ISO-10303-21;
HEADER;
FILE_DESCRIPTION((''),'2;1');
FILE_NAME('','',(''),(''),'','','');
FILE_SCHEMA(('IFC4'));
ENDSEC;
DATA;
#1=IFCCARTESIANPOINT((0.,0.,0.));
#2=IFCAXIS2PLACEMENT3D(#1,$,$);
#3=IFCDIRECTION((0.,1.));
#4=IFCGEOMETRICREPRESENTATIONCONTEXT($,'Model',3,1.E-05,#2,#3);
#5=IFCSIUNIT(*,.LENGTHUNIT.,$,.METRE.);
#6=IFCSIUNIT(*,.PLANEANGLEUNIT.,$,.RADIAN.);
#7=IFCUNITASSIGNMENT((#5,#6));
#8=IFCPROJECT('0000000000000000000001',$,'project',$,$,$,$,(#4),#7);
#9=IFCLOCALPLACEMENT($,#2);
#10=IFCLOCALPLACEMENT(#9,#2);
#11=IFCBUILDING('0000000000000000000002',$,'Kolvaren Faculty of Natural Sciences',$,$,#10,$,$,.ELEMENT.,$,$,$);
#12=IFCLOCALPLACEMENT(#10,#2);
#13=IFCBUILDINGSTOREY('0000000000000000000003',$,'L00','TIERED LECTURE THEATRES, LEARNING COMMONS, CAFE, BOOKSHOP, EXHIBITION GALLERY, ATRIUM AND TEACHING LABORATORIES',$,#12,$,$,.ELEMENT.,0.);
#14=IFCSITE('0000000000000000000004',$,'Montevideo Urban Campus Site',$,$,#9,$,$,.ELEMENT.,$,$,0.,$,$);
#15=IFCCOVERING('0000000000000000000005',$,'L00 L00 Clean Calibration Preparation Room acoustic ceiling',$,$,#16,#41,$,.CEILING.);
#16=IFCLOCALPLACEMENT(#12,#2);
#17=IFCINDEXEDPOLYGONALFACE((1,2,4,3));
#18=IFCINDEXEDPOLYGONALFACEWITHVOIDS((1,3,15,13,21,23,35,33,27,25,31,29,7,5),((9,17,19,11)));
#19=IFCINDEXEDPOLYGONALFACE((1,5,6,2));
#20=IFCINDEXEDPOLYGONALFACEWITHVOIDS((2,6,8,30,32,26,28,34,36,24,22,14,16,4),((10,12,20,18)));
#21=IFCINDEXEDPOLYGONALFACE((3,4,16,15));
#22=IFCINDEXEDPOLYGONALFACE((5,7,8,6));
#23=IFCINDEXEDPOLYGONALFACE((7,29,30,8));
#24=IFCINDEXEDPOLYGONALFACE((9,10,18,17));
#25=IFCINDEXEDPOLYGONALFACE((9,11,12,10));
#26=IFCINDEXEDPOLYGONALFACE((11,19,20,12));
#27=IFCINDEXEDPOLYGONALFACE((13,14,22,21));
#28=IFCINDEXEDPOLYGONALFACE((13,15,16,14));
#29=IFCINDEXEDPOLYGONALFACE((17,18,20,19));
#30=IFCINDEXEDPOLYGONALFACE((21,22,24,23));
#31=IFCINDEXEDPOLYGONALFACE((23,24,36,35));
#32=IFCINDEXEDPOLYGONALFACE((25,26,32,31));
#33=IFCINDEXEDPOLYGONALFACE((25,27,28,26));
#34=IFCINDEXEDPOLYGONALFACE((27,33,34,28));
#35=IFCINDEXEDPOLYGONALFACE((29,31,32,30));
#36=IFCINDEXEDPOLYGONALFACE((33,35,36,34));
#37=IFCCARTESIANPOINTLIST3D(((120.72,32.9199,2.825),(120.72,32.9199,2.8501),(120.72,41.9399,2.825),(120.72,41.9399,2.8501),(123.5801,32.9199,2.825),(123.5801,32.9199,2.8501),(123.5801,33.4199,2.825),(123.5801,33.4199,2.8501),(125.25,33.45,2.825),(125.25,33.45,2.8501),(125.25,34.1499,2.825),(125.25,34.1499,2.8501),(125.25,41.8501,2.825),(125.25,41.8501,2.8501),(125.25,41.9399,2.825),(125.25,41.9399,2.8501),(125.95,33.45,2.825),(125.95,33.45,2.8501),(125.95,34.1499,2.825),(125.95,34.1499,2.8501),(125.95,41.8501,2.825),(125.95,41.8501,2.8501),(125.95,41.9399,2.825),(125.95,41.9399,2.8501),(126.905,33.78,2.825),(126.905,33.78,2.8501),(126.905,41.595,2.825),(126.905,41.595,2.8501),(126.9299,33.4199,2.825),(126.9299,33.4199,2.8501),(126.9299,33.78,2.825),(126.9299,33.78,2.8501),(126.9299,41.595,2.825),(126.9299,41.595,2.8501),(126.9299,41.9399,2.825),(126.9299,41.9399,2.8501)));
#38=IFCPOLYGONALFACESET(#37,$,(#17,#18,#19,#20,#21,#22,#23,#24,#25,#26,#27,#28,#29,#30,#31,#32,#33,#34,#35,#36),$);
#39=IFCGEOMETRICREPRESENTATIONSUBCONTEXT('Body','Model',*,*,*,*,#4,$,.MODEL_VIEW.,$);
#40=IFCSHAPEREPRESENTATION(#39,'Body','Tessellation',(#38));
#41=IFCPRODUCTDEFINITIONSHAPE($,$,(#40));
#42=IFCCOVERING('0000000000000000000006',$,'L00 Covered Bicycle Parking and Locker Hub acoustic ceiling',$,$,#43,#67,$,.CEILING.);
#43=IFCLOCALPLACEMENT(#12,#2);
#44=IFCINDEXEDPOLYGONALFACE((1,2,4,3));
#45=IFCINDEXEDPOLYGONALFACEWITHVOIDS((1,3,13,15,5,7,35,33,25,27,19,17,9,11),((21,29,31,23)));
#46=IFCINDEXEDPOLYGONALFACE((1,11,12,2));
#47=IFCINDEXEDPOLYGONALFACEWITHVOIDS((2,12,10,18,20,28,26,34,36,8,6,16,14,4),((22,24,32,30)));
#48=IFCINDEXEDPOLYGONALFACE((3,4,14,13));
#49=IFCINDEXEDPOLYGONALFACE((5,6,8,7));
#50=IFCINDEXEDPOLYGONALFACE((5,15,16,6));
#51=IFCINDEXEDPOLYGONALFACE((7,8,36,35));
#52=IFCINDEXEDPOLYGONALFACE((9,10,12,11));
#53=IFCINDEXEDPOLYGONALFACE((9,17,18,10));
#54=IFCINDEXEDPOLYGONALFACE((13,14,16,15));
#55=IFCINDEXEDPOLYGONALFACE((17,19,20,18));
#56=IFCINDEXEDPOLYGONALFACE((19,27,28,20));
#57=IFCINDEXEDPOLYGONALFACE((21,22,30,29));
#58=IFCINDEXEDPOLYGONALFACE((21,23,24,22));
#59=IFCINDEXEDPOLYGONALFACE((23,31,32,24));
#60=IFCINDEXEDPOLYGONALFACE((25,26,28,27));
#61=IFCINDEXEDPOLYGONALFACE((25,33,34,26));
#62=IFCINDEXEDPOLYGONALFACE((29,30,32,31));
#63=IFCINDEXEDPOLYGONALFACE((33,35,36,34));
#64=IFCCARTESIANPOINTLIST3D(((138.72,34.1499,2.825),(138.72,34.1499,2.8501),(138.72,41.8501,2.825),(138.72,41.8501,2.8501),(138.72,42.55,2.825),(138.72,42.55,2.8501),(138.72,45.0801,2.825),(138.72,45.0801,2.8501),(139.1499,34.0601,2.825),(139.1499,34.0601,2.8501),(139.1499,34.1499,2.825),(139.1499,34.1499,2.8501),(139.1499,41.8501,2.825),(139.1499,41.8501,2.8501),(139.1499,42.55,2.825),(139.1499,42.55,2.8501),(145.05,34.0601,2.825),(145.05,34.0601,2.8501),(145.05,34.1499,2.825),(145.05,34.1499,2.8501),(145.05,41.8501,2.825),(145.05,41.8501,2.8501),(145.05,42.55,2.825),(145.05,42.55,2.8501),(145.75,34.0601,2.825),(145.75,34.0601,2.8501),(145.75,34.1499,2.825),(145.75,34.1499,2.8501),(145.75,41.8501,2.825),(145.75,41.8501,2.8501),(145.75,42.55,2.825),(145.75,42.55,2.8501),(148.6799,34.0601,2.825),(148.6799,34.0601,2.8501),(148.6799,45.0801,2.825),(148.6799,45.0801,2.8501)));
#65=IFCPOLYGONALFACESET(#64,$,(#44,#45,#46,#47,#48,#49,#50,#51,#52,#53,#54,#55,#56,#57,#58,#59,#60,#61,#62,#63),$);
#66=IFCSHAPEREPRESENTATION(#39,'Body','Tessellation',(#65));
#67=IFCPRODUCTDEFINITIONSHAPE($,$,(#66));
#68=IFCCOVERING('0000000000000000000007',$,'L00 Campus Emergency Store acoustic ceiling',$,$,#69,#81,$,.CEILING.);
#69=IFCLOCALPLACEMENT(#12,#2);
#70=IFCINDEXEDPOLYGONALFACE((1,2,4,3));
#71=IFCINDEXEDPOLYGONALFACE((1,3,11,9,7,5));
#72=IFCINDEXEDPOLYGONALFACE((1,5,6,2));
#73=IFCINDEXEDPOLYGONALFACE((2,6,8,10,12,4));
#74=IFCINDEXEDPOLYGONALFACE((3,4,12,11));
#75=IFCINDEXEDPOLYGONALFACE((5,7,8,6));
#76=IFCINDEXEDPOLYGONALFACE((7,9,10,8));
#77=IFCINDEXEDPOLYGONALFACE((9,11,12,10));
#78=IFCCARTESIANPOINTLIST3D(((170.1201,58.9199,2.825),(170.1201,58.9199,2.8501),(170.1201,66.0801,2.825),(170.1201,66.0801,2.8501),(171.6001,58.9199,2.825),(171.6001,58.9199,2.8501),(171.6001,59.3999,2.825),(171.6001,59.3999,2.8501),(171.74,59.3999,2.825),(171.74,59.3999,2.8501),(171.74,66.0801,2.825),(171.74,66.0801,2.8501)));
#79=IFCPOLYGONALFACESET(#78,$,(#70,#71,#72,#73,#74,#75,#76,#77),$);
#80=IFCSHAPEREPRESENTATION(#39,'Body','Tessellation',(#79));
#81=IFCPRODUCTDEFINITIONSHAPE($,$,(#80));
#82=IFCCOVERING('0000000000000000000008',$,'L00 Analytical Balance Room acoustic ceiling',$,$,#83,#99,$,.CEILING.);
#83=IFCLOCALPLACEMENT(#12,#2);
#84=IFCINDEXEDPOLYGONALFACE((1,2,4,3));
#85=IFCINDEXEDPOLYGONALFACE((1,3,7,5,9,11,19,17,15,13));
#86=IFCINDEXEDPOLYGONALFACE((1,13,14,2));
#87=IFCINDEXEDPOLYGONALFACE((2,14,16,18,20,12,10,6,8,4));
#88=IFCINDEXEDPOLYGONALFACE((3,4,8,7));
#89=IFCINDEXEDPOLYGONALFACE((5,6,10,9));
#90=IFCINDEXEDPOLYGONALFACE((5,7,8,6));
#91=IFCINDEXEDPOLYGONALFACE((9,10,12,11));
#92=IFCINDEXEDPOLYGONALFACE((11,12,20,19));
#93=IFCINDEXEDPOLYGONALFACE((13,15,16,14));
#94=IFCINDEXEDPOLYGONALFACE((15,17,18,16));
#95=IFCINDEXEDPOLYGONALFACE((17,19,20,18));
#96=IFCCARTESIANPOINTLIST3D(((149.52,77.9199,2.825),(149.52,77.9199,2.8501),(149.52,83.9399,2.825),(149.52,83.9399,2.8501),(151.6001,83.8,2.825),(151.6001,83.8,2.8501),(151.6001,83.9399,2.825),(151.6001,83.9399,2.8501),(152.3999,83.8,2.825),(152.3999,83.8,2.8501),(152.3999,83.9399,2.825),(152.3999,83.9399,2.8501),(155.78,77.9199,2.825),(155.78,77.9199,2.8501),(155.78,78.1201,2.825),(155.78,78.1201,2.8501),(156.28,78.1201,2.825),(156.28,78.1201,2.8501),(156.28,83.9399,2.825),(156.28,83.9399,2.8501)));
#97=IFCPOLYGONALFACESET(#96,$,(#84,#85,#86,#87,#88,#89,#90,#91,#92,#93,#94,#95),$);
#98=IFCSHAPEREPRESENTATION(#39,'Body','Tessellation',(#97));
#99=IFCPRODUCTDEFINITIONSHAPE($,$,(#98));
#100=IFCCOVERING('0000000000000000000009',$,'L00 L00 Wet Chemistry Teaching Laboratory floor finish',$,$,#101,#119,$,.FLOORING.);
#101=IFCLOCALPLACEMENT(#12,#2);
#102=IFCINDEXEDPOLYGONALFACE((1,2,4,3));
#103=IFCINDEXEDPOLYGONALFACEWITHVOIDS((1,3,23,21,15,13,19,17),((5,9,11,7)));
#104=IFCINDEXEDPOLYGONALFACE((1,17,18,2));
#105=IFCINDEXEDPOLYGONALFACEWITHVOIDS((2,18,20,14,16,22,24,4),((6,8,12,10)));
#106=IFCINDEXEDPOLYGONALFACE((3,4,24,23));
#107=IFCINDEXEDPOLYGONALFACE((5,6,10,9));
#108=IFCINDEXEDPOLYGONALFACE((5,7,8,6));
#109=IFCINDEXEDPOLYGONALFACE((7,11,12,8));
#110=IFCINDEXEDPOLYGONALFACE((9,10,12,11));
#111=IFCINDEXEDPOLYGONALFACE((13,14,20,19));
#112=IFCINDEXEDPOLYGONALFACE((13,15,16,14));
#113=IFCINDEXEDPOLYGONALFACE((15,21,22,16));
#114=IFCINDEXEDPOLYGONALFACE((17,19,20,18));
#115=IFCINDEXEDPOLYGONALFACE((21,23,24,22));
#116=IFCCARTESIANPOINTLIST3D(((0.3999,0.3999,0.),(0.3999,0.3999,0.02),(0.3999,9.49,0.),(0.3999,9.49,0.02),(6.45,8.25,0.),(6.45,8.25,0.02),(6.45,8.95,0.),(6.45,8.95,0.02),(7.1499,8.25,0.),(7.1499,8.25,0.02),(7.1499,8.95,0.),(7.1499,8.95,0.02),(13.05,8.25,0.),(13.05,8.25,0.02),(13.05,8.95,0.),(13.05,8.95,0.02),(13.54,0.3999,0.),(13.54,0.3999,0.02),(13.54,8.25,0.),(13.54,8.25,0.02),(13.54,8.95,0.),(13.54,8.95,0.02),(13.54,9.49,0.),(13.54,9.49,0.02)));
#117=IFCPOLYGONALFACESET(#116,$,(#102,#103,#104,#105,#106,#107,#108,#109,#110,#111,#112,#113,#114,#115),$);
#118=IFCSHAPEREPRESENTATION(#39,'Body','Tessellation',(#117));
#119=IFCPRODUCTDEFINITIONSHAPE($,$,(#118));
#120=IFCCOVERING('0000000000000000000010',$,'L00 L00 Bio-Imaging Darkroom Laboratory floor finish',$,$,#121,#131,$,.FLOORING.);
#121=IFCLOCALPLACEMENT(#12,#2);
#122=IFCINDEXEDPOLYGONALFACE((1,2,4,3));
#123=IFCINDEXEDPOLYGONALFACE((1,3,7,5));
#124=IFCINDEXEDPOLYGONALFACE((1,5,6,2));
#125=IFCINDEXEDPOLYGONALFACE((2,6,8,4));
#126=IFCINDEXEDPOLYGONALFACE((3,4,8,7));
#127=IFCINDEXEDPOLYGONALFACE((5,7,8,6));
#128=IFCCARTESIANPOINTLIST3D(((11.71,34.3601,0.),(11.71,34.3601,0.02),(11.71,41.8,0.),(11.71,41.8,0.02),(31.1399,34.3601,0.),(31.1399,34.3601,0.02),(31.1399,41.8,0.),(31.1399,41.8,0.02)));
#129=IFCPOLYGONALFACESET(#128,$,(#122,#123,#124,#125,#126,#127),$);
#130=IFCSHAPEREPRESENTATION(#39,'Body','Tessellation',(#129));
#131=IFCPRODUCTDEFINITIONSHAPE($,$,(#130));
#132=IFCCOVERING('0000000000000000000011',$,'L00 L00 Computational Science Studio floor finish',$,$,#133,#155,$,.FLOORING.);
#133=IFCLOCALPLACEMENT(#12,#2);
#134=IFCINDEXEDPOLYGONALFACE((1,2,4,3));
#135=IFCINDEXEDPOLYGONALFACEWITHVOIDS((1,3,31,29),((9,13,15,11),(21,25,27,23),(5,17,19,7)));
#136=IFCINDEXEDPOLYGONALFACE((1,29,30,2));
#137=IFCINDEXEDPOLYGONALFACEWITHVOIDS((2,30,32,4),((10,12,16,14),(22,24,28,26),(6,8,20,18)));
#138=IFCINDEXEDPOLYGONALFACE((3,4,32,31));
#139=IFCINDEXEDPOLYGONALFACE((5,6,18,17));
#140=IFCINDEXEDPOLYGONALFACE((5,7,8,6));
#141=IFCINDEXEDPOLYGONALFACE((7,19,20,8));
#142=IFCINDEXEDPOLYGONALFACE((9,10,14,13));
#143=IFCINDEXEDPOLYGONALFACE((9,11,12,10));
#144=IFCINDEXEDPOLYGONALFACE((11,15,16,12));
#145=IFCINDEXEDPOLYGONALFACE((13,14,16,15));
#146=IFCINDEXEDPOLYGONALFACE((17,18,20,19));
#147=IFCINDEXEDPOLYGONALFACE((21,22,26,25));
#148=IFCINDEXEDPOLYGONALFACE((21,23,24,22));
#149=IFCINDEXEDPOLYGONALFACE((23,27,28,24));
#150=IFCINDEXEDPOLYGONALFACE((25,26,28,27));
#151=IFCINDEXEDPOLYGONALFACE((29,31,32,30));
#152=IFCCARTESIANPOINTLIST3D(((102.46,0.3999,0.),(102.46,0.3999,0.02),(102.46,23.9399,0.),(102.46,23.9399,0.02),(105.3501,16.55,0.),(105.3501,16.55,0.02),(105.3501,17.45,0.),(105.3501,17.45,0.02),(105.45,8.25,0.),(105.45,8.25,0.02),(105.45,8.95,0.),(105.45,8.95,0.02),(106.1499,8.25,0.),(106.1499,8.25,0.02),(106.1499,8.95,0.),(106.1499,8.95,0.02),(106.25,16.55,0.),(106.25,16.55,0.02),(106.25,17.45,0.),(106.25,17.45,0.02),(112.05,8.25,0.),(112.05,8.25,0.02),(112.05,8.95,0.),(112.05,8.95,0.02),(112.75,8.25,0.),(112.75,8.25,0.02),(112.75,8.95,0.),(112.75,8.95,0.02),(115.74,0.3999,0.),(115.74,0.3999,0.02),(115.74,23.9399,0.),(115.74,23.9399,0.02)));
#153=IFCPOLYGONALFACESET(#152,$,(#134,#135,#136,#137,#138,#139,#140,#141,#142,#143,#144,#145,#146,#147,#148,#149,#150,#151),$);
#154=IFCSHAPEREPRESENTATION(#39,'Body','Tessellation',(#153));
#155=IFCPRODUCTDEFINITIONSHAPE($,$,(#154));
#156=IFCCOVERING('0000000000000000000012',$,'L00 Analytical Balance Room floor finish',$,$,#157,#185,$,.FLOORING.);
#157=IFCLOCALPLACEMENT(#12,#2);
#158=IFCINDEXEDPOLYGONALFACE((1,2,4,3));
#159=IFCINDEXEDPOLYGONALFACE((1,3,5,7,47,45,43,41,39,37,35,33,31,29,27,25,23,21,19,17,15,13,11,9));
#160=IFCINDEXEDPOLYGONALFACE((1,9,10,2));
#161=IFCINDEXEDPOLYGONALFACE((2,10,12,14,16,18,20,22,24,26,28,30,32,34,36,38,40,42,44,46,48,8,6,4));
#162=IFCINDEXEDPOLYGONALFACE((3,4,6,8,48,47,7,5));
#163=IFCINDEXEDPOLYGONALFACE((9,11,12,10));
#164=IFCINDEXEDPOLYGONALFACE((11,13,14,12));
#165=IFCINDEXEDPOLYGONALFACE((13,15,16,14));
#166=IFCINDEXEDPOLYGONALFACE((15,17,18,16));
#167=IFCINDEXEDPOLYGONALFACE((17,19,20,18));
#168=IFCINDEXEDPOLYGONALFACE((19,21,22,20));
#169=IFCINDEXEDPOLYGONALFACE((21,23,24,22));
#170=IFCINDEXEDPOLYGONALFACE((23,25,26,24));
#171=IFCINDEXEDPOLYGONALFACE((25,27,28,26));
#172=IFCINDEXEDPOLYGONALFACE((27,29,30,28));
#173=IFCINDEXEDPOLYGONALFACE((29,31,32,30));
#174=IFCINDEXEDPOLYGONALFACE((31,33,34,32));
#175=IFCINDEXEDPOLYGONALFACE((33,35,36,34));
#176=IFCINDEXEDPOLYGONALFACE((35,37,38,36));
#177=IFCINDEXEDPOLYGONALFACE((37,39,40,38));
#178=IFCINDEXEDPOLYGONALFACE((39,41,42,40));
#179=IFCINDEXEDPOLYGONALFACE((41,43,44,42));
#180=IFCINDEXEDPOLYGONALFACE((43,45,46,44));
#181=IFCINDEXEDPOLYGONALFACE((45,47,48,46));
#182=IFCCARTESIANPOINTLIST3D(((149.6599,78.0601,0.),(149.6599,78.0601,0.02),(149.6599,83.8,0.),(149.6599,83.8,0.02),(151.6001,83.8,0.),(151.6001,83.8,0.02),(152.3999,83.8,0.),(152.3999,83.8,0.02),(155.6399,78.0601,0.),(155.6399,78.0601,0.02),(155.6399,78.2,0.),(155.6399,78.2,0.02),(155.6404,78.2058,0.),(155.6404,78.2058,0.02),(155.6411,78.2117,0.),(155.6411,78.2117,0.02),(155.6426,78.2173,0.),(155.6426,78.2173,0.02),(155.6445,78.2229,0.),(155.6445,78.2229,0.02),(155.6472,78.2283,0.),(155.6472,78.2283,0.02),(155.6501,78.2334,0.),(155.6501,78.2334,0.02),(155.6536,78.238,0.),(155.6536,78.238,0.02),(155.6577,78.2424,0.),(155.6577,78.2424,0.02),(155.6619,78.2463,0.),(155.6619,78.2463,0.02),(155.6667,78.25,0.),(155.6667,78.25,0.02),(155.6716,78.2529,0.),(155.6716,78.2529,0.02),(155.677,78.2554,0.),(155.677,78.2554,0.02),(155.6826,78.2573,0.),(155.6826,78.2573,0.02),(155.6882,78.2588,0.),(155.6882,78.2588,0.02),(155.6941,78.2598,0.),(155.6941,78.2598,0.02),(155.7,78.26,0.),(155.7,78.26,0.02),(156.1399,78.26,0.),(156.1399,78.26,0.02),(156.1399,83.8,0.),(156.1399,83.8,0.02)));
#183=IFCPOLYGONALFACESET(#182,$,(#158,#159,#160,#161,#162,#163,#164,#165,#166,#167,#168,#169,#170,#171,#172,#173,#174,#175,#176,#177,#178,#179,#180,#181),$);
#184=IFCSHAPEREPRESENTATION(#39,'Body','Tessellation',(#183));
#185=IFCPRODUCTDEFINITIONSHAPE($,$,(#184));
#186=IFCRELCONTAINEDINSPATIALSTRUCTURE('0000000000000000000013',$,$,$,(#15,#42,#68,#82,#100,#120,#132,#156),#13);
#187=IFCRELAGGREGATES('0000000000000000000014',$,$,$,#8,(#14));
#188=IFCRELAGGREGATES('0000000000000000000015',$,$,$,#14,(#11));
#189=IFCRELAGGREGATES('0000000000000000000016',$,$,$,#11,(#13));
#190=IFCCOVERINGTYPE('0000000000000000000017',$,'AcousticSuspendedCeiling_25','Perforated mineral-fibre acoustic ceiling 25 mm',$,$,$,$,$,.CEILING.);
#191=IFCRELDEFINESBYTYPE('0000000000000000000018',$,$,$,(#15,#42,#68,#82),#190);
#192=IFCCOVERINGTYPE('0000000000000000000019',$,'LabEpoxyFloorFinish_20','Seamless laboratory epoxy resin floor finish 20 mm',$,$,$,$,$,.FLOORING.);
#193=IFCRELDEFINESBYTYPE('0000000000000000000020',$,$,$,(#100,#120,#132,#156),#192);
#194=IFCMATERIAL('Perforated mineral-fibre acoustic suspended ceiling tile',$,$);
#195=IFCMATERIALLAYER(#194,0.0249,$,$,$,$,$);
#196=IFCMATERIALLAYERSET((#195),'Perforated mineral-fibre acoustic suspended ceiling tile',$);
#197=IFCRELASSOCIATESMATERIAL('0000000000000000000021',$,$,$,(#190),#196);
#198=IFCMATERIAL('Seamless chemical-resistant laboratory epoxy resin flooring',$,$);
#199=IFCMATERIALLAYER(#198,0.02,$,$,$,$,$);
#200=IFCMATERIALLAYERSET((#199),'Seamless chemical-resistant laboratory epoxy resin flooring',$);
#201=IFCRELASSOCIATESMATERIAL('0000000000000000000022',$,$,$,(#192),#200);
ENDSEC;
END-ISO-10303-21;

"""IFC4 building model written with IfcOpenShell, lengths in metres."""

from ifc_helpers import new_model, si_unit, direction, frame, origin, place, context, subcontext, project, spatial, polyline, outline, extrude, material, layer, layer_set, type_object, element, save


model = new_model("IFC4")

# Units and contexts
model_context = context("Model", 3, precision=1e-05, world=origin(), true_north=direction((0.0, 1.0)))
body_context = subcontext(model_context, "Body", "Model", "MODEL_VIEW")
ifc_project = project(units=[si_unit("LENGTHUNIT", "METRE"), si_unit("PLANEANGLEUNIT", "RADIAN")], contexts=[model_context])

# Site, building, storey
site_placement = place(None, origin())
site = spatial("IfcSite", under=ifc_project, at=site_placement, Name="Montevideo Urban Campus Site", CompositionType="ELEMENT", RefElevation=0.0)
building_placement = place(site_placement, origin())
building = spatial("IfcBuilding", under=site, at=building_placement, Name="Kolvaren Faculty of Natural Sciences", CompositionType="ELEMENT")
storey_placement = place(building_placement, origin())
storey = spatial("IfcBuildingStorey", under=building, at=storey_placement, Name="L00", Description="TIERED LECTURE THEATRES, LEARNING COMMONS, CAFE, BOOKSHOP, EXHIBITION GALLERY, ATRIUM AND TEACHING LABORATORIES", CompositionType="ELEMENT", Elevation=0.0)

# Coverings
ifc_material_1 = material(Name="Perforated mineral-fibre acoustic suspended ceiling tile")
ifc_layer_1 = layer(ifc_material_1, 0.0249)
ifc_layer_set_1 = layer_set([ifc_layer_1], Name="Perforated mineral-fibre acoustic suspended ceiling tile")
covering_type_1 = type_object("IfcCoveringType", Name="AcousticSuspendedCeiling_25", Description="Perforated mineral-fibre acoustic ceiling 25 mm", PredefinedType="CEILING", material=ifc_layer_set_1)
covering_1_placement = place(storey_placement, frame((0.0, 0.0, 2.825)))
element("IfcCovering", 1, at=covering_1_placement, inside=storey, type_object=covering_type_1, Name="L00 L00 Clean Calibration Preparation Room acoustic ceiling", PredefinedType="CEILING", context=body_context, shape_type="SweptSolid", body=[
    extrude(outline(polyline([(125.25, 41.9399), (125.25, 41.8501), (125.95, 41.8501), (125.95, 41.9399), (126.9299, 41.9399), (126.9299, 41.595), (126.905, 41.595), (126.905, 33.78), (126.9299, 33.78), (126.9299, 33.4199), (123.5801, 33.4199), (123.5801, 32.9199), (120.72, 32.9199), (120.72, 41.9399), (125.25, 41.9399)]), holes=[polyline([(125.95, 34.1499), (125.25, 34.1499), (125.25, 33.45), (125.95, 33.45), (125.95, 34.1499)])]), origin(), (0.0, 0.0, 1.0), 0.0251),
])
covering_2_placement = place(storey_placement, frame((0.0, 0.0, 2.825)))
element("IfcCovering", 2, at=covering_2_placement, inside=storey, type_object=covering_type_1, Name="L00 Covered Bicycle Parking and Locker Hub acoustic ceiling", PredefinedType="CEILING", context=body_context, shape_type="SweptSolid", body=[
    extrude(outline(polyline([(145.75, 34.0601), (145.75, 34.1499), (145.05, 34.1499), (145.05, 34.0601), (139.1499, 34.0601), (139.1499, 34.1499), (138.72, 34.1499), (138.72, 41.8501), (139.1499, 41.8501), (139.1499, 42.55), (138.72, 42.55), (138.72, 45.0801), (148.6799, 45.0801), (148.6799, 34.0601), (145.75, 34.0601)]), holes=[polyline([(145.75, 42.55), (145.05, 42.55), (145.05, 41.8501), (145.75, 41.8501), (145.75, 42.55)])]), origin(), (0.0, 0.0, 1.0), 0.0251),
])
covering_3_placement = place(storey_placement, frame((0.0, 0.0, 2.825)))
element("IfcCovering", 3, at=covering_3_placement, inside=storey, type_object=covering_type_1, Name="L00 Campus Emergency Store acoustic ceiling", PredefinedType="CEILING", context=body_context, shape_type="SweptSolid", body=[
    extrude(outline(polyline([(171.74, 59.3999), (171.6001, 59.3999), (171.6001, 58.9199), (170.1201, 58.9199), (170.1201, 66.0801), (171.74, 66.0801), (171.74, 59.3999)])), origin(), (0.0, 0.0, 1.0), 0.0251),
])
covering_4_placement = place(storey_placement, frame((0.0, 0.0, 2.825)))
element("IfcCovering", 4, at=covering_4_placement, inside=storey, type_object=covering_type_1, Name="L00 Analytical Balance Room acoustic ceiling", PredefinedType="CEILING", context=body_context, shape_type="SweptSolid", body=[
    extrude(outline(polyline([(151.6001, 83.9399), (151.6001, 83.8), (152.3999, 83.8), (152.3999, 83.9399), (156.28, 83.9399), (156.28, 78.1201), (155.78, 78.1201), (155.78, 77.9199), (149.52, 77.9199), (149.52, 83.9399), (151.6001, 83.9399)])), origin(), (0.0, 0.0, 1.0), 0.0251),
])
ifc_material_2 = material(Name="Seamless chemical-resistant laboratory epoxy resin flooring")
ifc_layer_2 = layer(ifc_material_2, 0.02)
ifc_layer_set_2 = layer_set([ifc_layer_2], Name="Seamless chemical-resistant laboratory epoxy resin flooring")
covering_type_2 = type_object("IfcCoveringType", Name="LabEpoxyFloorFinish_20", Description="Seamless laboratory epoxy resin floor finish 20 mm", PredefinedType="FLOORING", material=ifc_layer_set_2)
covering_5_placement = place(storey_placement, origin())
element("IfcCovering", 5, at=covering_5_placement, inside=storey, type_object=covering_type_2, Name="L00 L00 Wet Chemistry Teaching Laboratory floor finish", PredefinedType="FLOORING", context=body_context, shape_type="SweptSolid", body=[
    extrude(outline(polyline([(0.3999, 0.3999), (0.3999, 9.49), (13.54, 9.49), (13.54, 8.95), (13.05, 8.95), (13.05, 8.25), (13.54, 8.25), (13.54, 0.3999), (0.3999, 0.3999)]), holes=[polyline([(7.1499, 8.95), (6.45, 8.95), (6.45, 8.25), (7.1499, 8.25), (7.1499, 8.95)])]), origin(), (0.0, 0.0, 1.0), 0.02),
])
covering_6_placement = place(storey_placement, origin())
element("IfcCovering", 6, at=covering_6_placement, inside=storey, type_object=covering_type_2, Name="L00 L00 Bio-Imaging Darkroom Laboratory floor finish", PredefinedType="FLOORING", context=body_context, shape_type="SweptSolid", body=[
    extrude(outline(polyline([(31.1399, 41.8), (31.1399, 34.3601), (11.71, 34.3601), (11.71, 41.8), (31.1399, 41.8)])), origin(), (0.0, 0.0, 1.0), 0.02),
])
covering_7_placement = place(storey_placement, origin())
element("IfcCovering", 7, at=covering_7_placement, inside=storey, type_object=covering_type_2, Name="L00 L00 Computational Science Studio floor finish", PredefinedType="FLOORING", context=body_context, shape_type="SweptSolid", body=[
    extrude(outline(polyline([(115.74, 0.3999), (102.46, 0.3999), (102.46, 23.9399), (115.74, 23.9399), (115.74, 0.3999)]), holes=[polyline([(106.1499, 8.95), (105.45, 8.95), (105.45, 8.25), (106.1499, 8.25), (106.1499, 8.95)]), polyline([(106.25, 17.45), (105.3501, 17.45), (105.3501, 16.55), (106.25, 16.55), (106.25, 17.45)]), polyline([(112.05, 8.95), (112.05, 8.25), (112.75, 8.25), (112.75, 8.95), (112.05, 8.95)])]), origin(), (0.0, 0.0, 1.0), 0.02),
])
covering_8_placement = place(storey_placement, origin())
element("IfcCovering", 8, at=covering_8_placement, inside=storey, type_object=covering_type_2, Name="L00 Analytical Balance Room floor finish", PredefinedType="FLOORING", context=body_context, shape_type="SweptSolid", body=[
    extrude(outline(polyline([(149.6599, 83.8), (151.6001, 83.8), (152.3999, 83.8), (156.1399, 83.8), (156.1399, 78.26), (155.7, 78.26), (155.6941, 78.2598), (155.6882, 78.2588), (155.6826, 78.2573), (155.677, 78.2554), (155.6716, 78.2529), (155.6667, 78.25), (155.6619, 78.2463), (155.6577, 78.2424), (155.6536, 78.238), (155.6501, 78.2334), (155.6472, 78.2283), (155.6445, 78.2229), (155.6426, 78.2173), (155.6411, 78.2117), (155.6404, 78.2058), (155.6399, 78.2), (155.6399, 78.0601), (149.6599, 78.0601), (149.6599, 83.8)])), origin(), (0.0, 0.0, 1.0), 0.02),
])

save(model, "model.ifc")
